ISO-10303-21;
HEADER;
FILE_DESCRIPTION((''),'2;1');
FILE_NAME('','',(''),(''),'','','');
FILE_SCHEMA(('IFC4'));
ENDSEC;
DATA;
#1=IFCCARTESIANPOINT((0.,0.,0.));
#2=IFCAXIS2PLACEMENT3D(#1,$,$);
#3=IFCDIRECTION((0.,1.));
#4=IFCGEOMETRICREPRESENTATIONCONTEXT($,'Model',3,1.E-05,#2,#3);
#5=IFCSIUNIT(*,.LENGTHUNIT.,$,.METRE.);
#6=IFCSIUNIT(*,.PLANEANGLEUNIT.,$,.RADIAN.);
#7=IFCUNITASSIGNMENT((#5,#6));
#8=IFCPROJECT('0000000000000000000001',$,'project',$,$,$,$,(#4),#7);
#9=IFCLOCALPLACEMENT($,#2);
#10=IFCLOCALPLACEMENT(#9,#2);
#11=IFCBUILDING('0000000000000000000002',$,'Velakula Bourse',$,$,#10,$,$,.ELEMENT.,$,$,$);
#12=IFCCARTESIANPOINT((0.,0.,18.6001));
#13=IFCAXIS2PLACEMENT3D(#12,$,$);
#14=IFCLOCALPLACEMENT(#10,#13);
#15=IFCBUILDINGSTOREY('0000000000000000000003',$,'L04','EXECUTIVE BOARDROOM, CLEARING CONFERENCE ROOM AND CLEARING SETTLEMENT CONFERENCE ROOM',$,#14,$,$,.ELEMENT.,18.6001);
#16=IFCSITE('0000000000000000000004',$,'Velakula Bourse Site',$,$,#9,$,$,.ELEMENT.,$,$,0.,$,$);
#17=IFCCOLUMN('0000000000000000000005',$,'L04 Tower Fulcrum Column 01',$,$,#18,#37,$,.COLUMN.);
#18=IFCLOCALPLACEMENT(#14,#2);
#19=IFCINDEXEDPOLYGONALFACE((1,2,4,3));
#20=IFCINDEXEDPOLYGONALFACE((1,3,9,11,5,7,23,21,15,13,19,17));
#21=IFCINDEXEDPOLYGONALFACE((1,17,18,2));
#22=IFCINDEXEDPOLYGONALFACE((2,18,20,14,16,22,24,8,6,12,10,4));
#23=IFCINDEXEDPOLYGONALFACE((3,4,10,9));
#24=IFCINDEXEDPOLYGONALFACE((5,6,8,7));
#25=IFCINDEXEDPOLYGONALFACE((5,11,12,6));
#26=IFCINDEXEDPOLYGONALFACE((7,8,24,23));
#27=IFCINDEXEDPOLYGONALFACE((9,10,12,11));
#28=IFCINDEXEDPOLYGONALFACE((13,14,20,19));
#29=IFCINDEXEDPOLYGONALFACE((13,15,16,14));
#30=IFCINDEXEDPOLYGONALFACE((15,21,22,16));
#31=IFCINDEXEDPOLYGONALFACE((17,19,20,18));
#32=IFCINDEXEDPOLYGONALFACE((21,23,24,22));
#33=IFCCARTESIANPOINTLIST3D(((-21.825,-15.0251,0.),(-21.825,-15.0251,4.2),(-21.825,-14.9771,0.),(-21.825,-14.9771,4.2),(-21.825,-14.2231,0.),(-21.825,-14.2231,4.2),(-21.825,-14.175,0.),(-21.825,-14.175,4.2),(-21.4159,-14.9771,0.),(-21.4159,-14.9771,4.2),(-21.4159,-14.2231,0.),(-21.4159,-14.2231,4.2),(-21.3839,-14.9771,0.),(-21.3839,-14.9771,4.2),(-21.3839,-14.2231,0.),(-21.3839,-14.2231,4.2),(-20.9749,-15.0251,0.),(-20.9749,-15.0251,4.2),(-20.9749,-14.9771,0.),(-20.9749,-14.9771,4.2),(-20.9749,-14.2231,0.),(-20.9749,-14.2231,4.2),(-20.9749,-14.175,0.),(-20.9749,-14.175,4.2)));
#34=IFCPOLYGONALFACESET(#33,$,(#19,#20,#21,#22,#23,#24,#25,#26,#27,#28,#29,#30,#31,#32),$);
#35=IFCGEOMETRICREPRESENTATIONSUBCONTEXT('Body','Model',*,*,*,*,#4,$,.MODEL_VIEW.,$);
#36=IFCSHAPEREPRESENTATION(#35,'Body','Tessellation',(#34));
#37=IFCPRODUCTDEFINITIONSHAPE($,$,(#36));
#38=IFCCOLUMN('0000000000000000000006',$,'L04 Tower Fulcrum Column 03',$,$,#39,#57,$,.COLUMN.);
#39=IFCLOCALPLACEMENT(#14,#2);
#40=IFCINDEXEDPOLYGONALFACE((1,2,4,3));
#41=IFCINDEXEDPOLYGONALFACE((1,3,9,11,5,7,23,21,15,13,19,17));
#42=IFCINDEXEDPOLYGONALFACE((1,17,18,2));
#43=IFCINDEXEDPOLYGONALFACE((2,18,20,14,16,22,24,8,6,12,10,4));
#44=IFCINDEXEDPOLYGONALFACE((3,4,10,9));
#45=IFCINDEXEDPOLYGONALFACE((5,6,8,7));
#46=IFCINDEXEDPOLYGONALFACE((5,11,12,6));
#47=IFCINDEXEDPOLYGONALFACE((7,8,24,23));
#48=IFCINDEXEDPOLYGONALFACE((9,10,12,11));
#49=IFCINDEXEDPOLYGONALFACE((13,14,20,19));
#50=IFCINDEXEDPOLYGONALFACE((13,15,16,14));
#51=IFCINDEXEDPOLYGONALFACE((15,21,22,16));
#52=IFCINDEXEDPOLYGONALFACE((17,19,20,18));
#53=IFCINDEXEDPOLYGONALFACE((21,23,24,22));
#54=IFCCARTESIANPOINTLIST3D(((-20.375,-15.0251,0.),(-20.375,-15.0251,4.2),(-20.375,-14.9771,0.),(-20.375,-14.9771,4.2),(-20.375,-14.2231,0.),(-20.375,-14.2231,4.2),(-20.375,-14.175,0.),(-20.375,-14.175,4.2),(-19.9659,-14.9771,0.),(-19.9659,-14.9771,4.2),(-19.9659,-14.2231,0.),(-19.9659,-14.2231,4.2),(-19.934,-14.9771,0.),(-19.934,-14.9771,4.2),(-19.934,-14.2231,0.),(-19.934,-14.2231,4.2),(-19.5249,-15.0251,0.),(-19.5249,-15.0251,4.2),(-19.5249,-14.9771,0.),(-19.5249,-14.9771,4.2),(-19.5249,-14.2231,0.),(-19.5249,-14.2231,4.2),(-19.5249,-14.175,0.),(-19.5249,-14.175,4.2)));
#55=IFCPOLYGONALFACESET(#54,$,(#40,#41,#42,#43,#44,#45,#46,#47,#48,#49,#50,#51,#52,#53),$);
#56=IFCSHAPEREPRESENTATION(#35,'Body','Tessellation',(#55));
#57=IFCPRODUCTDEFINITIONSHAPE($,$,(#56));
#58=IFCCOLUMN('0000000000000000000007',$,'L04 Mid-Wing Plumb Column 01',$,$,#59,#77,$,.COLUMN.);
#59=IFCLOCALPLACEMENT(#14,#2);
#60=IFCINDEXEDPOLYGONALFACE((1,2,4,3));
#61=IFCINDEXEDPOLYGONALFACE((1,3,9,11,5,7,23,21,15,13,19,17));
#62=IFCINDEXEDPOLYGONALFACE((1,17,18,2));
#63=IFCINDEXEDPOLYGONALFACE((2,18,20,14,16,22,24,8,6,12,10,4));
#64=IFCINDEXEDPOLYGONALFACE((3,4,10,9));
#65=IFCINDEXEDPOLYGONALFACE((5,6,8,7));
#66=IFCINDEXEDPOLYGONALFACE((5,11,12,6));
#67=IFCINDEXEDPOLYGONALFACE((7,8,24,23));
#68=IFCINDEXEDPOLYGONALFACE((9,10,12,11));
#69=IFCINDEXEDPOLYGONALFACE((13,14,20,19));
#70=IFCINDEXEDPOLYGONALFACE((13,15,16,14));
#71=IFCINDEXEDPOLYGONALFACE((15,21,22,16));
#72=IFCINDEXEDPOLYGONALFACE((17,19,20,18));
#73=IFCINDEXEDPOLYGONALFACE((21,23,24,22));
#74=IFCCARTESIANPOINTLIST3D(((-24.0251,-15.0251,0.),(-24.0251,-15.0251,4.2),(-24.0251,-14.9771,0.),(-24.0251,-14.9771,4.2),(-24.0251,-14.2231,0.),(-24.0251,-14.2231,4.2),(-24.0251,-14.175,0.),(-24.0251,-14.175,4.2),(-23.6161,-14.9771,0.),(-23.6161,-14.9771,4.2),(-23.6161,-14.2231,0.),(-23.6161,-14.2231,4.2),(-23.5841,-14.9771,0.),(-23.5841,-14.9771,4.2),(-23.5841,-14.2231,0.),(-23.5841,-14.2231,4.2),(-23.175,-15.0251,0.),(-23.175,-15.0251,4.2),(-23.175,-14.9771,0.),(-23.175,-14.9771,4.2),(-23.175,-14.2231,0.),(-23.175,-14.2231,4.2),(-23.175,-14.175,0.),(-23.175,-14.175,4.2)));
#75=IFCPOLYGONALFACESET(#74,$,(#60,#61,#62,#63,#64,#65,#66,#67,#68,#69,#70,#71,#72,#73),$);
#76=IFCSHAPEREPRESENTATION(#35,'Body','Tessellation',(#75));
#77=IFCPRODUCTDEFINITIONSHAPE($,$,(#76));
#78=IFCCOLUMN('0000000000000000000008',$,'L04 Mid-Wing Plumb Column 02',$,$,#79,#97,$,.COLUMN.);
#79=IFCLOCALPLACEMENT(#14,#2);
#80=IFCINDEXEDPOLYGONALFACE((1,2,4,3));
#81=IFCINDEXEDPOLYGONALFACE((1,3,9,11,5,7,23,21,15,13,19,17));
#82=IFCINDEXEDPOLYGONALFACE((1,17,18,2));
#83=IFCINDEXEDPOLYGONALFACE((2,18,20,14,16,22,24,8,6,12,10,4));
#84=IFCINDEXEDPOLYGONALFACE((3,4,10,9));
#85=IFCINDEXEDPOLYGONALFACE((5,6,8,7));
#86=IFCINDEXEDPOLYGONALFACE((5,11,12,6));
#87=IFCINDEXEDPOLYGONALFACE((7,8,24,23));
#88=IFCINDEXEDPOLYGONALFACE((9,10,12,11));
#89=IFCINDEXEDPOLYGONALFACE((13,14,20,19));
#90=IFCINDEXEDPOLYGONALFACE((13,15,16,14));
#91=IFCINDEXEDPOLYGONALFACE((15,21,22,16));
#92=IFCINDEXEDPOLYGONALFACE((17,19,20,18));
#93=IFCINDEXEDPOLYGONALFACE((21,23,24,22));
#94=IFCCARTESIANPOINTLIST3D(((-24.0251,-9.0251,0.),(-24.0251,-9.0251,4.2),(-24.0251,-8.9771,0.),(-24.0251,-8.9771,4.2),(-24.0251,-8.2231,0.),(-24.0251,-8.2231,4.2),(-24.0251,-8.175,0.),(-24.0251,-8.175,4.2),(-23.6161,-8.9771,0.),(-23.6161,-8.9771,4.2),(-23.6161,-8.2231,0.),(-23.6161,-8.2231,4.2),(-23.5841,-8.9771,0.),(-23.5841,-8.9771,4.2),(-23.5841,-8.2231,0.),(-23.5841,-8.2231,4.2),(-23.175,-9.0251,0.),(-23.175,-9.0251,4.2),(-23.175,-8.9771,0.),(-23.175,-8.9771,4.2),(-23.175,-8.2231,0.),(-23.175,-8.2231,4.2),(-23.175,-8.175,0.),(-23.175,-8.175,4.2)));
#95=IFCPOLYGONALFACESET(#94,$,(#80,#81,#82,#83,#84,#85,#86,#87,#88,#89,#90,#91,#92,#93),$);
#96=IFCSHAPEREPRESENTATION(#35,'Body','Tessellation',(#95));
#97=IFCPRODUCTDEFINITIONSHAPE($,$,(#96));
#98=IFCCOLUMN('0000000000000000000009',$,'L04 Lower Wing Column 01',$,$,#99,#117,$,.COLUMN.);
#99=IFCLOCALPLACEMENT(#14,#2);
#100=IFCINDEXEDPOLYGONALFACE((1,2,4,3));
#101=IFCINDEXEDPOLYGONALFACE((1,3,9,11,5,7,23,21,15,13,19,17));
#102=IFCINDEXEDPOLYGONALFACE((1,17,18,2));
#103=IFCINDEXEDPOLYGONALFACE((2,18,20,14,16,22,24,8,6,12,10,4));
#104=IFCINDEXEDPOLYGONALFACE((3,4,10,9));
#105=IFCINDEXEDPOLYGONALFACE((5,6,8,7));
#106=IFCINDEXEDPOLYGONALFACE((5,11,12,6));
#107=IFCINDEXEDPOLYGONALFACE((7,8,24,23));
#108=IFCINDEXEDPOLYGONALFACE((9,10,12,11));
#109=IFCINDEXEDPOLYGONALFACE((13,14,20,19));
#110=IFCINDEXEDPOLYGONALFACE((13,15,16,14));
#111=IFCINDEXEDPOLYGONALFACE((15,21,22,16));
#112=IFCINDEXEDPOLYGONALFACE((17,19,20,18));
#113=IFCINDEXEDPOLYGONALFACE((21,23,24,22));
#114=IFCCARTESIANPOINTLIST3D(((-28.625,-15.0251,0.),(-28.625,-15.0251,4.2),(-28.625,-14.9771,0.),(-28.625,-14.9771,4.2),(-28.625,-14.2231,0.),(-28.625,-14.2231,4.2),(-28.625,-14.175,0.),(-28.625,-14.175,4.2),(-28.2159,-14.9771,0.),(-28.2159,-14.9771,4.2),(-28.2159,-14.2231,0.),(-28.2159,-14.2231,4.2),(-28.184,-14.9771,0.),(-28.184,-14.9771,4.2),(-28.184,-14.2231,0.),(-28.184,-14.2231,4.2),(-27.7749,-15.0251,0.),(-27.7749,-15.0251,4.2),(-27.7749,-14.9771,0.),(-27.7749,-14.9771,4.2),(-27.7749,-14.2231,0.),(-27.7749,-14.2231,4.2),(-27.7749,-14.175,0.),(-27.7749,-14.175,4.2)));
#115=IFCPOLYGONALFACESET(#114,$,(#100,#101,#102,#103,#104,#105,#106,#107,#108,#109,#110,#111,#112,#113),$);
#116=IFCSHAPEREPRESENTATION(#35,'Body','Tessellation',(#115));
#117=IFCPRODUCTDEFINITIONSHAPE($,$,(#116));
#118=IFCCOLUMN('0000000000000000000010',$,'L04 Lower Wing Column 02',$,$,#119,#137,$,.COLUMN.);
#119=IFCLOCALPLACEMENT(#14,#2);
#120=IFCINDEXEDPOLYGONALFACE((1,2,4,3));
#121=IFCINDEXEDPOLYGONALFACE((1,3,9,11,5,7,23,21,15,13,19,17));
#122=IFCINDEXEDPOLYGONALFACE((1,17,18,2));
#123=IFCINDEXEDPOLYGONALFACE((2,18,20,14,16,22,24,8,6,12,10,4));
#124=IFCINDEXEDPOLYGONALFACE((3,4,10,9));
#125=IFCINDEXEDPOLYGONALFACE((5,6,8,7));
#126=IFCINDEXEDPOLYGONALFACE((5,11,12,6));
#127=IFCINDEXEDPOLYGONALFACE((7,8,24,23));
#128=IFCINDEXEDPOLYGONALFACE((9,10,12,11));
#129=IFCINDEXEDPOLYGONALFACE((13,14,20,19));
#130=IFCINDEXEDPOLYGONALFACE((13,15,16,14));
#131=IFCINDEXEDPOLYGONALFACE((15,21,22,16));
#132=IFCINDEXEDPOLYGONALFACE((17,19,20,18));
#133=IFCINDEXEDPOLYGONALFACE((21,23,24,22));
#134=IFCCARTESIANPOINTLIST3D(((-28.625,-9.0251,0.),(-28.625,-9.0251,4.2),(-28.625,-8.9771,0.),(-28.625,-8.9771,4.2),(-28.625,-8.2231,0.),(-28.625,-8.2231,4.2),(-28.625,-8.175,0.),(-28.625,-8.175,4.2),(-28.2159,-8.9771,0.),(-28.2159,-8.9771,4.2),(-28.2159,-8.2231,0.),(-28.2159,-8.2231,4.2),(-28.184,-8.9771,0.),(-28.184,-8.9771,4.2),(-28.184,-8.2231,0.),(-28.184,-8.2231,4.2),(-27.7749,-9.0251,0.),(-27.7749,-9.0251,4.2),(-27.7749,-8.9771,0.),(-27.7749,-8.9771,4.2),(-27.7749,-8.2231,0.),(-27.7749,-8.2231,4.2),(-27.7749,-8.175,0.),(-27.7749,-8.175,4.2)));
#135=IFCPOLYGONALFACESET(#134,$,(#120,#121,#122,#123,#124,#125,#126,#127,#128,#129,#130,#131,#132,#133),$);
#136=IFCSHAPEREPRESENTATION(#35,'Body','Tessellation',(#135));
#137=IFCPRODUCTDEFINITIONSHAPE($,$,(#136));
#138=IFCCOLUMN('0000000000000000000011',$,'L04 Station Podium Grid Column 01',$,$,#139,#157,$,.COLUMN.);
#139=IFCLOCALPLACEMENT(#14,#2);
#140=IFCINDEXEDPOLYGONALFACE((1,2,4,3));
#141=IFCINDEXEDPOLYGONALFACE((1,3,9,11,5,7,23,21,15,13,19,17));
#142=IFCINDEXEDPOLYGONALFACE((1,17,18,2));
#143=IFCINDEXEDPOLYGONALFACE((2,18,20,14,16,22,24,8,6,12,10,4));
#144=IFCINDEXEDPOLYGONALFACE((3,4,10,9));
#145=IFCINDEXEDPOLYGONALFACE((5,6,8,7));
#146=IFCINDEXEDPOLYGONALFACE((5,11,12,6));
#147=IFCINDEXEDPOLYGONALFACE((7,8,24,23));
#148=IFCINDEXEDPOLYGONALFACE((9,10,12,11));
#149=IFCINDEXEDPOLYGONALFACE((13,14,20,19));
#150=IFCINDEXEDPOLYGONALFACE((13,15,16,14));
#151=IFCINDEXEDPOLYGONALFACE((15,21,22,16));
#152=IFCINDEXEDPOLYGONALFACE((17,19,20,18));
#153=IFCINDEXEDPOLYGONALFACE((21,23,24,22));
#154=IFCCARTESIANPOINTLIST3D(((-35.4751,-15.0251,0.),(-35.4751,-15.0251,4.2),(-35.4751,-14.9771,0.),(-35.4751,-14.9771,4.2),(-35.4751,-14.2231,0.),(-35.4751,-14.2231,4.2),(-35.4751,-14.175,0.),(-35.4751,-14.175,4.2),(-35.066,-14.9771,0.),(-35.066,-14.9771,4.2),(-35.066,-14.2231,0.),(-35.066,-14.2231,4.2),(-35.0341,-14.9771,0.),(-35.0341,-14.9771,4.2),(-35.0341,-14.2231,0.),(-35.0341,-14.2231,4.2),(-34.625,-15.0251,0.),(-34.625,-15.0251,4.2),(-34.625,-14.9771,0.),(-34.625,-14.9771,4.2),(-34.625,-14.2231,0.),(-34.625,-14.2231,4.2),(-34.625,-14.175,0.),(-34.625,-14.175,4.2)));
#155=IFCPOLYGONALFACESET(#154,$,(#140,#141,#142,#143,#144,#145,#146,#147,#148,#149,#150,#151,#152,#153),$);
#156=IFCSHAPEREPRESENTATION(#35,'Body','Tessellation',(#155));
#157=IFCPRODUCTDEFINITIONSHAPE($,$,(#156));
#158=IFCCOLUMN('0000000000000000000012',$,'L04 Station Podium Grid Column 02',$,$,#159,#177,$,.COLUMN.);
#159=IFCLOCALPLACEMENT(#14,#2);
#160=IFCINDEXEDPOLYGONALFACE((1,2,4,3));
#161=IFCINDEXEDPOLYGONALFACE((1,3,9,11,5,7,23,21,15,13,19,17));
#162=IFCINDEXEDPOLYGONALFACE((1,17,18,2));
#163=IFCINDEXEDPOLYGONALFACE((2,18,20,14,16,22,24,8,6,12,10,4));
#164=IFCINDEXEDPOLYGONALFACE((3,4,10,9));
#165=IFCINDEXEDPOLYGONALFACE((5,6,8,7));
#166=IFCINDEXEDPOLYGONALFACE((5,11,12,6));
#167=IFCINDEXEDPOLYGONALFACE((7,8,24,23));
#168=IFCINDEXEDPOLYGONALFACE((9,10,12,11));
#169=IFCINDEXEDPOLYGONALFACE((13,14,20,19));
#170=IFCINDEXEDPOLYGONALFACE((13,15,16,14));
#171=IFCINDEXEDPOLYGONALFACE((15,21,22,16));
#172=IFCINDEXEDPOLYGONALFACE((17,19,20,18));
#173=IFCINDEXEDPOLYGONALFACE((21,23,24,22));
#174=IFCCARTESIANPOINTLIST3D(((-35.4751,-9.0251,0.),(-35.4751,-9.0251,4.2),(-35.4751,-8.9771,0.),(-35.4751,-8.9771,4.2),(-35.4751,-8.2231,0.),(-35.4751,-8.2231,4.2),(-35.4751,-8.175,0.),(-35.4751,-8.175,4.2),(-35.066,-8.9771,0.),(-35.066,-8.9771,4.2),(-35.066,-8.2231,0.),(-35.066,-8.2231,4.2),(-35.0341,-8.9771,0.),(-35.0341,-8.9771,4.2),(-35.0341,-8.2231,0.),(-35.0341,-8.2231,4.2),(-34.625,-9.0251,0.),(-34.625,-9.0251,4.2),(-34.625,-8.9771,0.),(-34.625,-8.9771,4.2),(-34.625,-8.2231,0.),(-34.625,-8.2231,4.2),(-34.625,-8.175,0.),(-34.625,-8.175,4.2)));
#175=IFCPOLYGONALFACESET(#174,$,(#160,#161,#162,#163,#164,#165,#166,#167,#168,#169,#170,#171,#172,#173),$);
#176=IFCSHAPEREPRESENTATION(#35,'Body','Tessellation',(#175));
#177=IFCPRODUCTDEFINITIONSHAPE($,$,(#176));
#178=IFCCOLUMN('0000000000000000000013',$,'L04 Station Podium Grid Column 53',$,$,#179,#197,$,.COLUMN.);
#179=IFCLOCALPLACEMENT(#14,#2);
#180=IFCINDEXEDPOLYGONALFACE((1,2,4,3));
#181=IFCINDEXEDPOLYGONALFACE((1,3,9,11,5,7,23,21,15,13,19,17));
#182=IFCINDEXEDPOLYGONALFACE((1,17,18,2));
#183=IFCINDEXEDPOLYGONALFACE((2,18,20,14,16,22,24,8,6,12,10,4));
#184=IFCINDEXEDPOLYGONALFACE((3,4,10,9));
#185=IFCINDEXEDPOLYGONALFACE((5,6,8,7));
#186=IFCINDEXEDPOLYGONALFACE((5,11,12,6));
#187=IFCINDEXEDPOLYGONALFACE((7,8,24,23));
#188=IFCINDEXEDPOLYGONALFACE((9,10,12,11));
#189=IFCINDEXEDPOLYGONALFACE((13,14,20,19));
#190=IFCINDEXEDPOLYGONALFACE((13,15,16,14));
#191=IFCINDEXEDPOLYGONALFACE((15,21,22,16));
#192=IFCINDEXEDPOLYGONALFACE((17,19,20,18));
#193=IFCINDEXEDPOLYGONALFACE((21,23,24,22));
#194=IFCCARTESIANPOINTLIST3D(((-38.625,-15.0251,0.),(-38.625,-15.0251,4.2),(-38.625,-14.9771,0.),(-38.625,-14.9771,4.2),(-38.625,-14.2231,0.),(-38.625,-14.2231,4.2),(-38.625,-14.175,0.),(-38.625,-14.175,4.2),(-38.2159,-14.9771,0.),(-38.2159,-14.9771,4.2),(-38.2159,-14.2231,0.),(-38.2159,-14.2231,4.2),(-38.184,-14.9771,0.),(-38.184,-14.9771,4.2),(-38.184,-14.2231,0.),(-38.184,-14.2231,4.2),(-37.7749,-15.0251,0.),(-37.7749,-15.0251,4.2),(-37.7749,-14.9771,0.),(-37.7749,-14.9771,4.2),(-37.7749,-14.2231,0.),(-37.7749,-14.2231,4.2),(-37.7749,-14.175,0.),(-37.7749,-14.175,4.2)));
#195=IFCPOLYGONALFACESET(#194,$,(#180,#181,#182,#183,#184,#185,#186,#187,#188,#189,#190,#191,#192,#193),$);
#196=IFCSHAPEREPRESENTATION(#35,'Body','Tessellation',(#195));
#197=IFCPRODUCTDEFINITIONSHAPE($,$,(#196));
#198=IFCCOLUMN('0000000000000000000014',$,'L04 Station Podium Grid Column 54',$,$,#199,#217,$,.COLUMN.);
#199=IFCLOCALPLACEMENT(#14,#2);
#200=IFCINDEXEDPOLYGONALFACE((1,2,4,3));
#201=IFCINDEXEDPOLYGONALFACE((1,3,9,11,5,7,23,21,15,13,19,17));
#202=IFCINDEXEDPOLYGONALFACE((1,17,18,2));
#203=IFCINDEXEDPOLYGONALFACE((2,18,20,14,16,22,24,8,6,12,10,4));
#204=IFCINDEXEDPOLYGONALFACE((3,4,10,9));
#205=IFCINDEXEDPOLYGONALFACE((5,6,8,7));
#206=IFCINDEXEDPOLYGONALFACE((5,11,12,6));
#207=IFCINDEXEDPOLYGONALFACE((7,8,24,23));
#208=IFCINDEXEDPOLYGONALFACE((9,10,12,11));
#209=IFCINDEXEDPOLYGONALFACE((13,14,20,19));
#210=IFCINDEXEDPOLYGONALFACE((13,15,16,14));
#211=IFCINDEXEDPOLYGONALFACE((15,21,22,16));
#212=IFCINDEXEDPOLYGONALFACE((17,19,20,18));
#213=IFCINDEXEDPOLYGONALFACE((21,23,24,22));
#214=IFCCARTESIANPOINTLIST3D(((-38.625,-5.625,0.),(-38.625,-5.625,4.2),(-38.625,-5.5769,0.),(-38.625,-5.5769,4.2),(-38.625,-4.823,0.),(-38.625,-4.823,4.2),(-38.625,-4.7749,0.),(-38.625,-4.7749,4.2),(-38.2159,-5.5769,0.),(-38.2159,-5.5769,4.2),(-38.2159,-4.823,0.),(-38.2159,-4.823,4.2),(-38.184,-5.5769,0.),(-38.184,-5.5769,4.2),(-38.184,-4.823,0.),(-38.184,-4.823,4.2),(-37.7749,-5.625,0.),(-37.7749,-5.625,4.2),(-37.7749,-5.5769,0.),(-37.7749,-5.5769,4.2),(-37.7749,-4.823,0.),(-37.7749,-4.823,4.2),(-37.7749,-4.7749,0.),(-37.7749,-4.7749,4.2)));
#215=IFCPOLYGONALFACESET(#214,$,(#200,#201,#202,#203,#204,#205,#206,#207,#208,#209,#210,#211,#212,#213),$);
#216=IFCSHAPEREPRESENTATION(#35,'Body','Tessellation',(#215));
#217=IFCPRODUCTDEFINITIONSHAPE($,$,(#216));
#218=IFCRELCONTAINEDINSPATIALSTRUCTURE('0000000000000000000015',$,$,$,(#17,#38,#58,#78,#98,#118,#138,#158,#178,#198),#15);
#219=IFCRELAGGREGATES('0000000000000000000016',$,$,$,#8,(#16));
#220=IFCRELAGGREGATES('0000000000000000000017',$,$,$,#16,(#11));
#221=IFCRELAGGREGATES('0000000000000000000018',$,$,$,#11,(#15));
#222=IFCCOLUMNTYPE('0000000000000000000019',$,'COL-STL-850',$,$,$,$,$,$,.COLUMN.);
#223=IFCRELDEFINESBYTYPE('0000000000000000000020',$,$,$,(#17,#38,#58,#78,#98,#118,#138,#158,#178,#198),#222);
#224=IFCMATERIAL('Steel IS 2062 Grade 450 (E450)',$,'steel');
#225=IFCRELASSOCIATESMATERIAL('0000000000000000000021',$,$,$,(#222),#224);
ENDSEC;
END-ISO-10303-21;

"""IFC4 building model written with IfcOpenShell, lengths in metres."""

from ifc_helpers import new_model, si_unit, direction, frame, origin, origin_2d, place, context, subcontext, project, spatial, i_section, extrude, material, material_profile, profile_set, type_object, element, save


model = new_model("IFC4")

# Units and contexts
model_context = context("Model", 3, precision=1e-05, world=origin(), true_north=direction((0.0, 1.0)))
body_context = subcontext(model_context, "Body", "Model", "MODEL_VIEW")
ifc_project = project(units=[si_unit("LENGTHUNIT", "METRE"), si_unit("PLANEANGLEUNIT", "RADIAN")], contexts=[model_context])

# Site, building, storey
site_placement = place(None, origin())
site = spatial("IfcSite", under=ifc_project, at=site_placement, Name="Velakula Bourse Site", CompositionType="ELEMENT", RefElevation=0.0)
building_placement = place(site_placement, origin())
building = spatial("IfcBuilding", under=site, at=building_placement, Name="Velakula Bourse", CompositionType="ELEMENT")
storey_placement = place(building_placement, frame((0.0, 0.0, 18.6001)))
storey = spatial("IfcBuildingStorey", under=building, at=storey_placement, Name="L04", Description="EXECUTIVE BOARDROOM, CLEARING CONFERENCE ROOM AND CLEARING SETTLEMENT CONFERENCE ROOM", CompositionType="ELEMENT", Elevation=18.6001)

# Columns
ifc_material_1 = material(Name="Steel IS 2062 Grade 450 (E450)", Category="steel")
ifc_material_profile_1 = material_profile(ifc_material_1, i_section(OverallWidth=0.8501, OverallDepth=0.8501, WebThickness=0.032, FlangeThickness=0.0481, at=origin_2d()), Name="Steel IS 2062 Grade 450 (E450)")
ifc_profile_set_1 = profile_set([ifc_material_profile_1], Name="Steel IS 2062 Grade 450 (E450)")
column_type = type_object("IfcColumnType", Name="COL-STL-850", PredefinedType="COLUMN", material=ifc_profile_set_1)
for number, where, z_axis, x_axis, name in (
    (1, (-21.3999, -14.6001, 0.0), (0.0, 0.0, 1.0), (1.0, 0.0, 0.0), "L04 Tower Fulcrum Column 01"),
    (2, (-19.95, -14.6001, 0.0), (0.0, 0.0, 1.0), (1.0, 0.0, 0.0), "L04 Tower Fulcrum Column 03"),
    (3, (-23.6001, -14.6001, 0.0), (0.0, 0.0, 1.0), (1.0, 0.0, 0.0), "L04 Mid-Wing Plumb Column 01"),
    (4, (-23.6001, -8.6001, 0.0), (0.0, 0.0, 1.0), (1.0, 0.0, 0.0), "L04 Mid-Wing Plumb Column 02"),
    (5, (-28.2, -14.6001, 0.0), (0.0, 0.0, 1.0), (1.0, 0.0, 0.0), "L04 Lower Wing Column 01"),
    (6, (-28.2, -8.6001, 0.0), (0.0, 0.0, 1.0), (1.0, 0.0, 0.0), "L04 Lower Wing Column 02"),
    (7, (-35.05, -14.6001, 0.0), (0.0, 0.0, 1.0), (1.0, 0.0, 0.0), "L04 Station Podium Grid Column 01"),
    (8, (-35.05, -8.6001, 0.0), (0.0, 0.0, 1.0), (1.0, 0.0, 0.0), "L04 Station Podium Grid Column 02"),
    (9, (-38.2, -14.6001, 0.0), (0.0, 0.0, 1.0), (1.0, 0.0, 0.0), "L04 Station Podium Grid Column 53"),
    (10, (-38.2, -5.2, 0.0), (0.0, 0.0, 1.0), (1.0, 0.0, 0.0), "L04 Station Podium Grid Column 54"),
):
    element("IfcColumn", number, at=place(storey_placement, frame(where, z_axis=z_axis, x_axis=x_axis)), inside=storey, type_object=column_type, Name=name, PredefinedType="COLUMN", context=body_context, shape_type="SweptSolid", body=[
        extrude(i_section(OverallWidth=0.8501, OverallDepth=0.8501, WebThickness=0.032, FlangeThickness=0.0481, at=origin_2d()), origin(), (0.0, 0.0, 1.0), 4.2),
    ])

save(model, "model.ifc")
